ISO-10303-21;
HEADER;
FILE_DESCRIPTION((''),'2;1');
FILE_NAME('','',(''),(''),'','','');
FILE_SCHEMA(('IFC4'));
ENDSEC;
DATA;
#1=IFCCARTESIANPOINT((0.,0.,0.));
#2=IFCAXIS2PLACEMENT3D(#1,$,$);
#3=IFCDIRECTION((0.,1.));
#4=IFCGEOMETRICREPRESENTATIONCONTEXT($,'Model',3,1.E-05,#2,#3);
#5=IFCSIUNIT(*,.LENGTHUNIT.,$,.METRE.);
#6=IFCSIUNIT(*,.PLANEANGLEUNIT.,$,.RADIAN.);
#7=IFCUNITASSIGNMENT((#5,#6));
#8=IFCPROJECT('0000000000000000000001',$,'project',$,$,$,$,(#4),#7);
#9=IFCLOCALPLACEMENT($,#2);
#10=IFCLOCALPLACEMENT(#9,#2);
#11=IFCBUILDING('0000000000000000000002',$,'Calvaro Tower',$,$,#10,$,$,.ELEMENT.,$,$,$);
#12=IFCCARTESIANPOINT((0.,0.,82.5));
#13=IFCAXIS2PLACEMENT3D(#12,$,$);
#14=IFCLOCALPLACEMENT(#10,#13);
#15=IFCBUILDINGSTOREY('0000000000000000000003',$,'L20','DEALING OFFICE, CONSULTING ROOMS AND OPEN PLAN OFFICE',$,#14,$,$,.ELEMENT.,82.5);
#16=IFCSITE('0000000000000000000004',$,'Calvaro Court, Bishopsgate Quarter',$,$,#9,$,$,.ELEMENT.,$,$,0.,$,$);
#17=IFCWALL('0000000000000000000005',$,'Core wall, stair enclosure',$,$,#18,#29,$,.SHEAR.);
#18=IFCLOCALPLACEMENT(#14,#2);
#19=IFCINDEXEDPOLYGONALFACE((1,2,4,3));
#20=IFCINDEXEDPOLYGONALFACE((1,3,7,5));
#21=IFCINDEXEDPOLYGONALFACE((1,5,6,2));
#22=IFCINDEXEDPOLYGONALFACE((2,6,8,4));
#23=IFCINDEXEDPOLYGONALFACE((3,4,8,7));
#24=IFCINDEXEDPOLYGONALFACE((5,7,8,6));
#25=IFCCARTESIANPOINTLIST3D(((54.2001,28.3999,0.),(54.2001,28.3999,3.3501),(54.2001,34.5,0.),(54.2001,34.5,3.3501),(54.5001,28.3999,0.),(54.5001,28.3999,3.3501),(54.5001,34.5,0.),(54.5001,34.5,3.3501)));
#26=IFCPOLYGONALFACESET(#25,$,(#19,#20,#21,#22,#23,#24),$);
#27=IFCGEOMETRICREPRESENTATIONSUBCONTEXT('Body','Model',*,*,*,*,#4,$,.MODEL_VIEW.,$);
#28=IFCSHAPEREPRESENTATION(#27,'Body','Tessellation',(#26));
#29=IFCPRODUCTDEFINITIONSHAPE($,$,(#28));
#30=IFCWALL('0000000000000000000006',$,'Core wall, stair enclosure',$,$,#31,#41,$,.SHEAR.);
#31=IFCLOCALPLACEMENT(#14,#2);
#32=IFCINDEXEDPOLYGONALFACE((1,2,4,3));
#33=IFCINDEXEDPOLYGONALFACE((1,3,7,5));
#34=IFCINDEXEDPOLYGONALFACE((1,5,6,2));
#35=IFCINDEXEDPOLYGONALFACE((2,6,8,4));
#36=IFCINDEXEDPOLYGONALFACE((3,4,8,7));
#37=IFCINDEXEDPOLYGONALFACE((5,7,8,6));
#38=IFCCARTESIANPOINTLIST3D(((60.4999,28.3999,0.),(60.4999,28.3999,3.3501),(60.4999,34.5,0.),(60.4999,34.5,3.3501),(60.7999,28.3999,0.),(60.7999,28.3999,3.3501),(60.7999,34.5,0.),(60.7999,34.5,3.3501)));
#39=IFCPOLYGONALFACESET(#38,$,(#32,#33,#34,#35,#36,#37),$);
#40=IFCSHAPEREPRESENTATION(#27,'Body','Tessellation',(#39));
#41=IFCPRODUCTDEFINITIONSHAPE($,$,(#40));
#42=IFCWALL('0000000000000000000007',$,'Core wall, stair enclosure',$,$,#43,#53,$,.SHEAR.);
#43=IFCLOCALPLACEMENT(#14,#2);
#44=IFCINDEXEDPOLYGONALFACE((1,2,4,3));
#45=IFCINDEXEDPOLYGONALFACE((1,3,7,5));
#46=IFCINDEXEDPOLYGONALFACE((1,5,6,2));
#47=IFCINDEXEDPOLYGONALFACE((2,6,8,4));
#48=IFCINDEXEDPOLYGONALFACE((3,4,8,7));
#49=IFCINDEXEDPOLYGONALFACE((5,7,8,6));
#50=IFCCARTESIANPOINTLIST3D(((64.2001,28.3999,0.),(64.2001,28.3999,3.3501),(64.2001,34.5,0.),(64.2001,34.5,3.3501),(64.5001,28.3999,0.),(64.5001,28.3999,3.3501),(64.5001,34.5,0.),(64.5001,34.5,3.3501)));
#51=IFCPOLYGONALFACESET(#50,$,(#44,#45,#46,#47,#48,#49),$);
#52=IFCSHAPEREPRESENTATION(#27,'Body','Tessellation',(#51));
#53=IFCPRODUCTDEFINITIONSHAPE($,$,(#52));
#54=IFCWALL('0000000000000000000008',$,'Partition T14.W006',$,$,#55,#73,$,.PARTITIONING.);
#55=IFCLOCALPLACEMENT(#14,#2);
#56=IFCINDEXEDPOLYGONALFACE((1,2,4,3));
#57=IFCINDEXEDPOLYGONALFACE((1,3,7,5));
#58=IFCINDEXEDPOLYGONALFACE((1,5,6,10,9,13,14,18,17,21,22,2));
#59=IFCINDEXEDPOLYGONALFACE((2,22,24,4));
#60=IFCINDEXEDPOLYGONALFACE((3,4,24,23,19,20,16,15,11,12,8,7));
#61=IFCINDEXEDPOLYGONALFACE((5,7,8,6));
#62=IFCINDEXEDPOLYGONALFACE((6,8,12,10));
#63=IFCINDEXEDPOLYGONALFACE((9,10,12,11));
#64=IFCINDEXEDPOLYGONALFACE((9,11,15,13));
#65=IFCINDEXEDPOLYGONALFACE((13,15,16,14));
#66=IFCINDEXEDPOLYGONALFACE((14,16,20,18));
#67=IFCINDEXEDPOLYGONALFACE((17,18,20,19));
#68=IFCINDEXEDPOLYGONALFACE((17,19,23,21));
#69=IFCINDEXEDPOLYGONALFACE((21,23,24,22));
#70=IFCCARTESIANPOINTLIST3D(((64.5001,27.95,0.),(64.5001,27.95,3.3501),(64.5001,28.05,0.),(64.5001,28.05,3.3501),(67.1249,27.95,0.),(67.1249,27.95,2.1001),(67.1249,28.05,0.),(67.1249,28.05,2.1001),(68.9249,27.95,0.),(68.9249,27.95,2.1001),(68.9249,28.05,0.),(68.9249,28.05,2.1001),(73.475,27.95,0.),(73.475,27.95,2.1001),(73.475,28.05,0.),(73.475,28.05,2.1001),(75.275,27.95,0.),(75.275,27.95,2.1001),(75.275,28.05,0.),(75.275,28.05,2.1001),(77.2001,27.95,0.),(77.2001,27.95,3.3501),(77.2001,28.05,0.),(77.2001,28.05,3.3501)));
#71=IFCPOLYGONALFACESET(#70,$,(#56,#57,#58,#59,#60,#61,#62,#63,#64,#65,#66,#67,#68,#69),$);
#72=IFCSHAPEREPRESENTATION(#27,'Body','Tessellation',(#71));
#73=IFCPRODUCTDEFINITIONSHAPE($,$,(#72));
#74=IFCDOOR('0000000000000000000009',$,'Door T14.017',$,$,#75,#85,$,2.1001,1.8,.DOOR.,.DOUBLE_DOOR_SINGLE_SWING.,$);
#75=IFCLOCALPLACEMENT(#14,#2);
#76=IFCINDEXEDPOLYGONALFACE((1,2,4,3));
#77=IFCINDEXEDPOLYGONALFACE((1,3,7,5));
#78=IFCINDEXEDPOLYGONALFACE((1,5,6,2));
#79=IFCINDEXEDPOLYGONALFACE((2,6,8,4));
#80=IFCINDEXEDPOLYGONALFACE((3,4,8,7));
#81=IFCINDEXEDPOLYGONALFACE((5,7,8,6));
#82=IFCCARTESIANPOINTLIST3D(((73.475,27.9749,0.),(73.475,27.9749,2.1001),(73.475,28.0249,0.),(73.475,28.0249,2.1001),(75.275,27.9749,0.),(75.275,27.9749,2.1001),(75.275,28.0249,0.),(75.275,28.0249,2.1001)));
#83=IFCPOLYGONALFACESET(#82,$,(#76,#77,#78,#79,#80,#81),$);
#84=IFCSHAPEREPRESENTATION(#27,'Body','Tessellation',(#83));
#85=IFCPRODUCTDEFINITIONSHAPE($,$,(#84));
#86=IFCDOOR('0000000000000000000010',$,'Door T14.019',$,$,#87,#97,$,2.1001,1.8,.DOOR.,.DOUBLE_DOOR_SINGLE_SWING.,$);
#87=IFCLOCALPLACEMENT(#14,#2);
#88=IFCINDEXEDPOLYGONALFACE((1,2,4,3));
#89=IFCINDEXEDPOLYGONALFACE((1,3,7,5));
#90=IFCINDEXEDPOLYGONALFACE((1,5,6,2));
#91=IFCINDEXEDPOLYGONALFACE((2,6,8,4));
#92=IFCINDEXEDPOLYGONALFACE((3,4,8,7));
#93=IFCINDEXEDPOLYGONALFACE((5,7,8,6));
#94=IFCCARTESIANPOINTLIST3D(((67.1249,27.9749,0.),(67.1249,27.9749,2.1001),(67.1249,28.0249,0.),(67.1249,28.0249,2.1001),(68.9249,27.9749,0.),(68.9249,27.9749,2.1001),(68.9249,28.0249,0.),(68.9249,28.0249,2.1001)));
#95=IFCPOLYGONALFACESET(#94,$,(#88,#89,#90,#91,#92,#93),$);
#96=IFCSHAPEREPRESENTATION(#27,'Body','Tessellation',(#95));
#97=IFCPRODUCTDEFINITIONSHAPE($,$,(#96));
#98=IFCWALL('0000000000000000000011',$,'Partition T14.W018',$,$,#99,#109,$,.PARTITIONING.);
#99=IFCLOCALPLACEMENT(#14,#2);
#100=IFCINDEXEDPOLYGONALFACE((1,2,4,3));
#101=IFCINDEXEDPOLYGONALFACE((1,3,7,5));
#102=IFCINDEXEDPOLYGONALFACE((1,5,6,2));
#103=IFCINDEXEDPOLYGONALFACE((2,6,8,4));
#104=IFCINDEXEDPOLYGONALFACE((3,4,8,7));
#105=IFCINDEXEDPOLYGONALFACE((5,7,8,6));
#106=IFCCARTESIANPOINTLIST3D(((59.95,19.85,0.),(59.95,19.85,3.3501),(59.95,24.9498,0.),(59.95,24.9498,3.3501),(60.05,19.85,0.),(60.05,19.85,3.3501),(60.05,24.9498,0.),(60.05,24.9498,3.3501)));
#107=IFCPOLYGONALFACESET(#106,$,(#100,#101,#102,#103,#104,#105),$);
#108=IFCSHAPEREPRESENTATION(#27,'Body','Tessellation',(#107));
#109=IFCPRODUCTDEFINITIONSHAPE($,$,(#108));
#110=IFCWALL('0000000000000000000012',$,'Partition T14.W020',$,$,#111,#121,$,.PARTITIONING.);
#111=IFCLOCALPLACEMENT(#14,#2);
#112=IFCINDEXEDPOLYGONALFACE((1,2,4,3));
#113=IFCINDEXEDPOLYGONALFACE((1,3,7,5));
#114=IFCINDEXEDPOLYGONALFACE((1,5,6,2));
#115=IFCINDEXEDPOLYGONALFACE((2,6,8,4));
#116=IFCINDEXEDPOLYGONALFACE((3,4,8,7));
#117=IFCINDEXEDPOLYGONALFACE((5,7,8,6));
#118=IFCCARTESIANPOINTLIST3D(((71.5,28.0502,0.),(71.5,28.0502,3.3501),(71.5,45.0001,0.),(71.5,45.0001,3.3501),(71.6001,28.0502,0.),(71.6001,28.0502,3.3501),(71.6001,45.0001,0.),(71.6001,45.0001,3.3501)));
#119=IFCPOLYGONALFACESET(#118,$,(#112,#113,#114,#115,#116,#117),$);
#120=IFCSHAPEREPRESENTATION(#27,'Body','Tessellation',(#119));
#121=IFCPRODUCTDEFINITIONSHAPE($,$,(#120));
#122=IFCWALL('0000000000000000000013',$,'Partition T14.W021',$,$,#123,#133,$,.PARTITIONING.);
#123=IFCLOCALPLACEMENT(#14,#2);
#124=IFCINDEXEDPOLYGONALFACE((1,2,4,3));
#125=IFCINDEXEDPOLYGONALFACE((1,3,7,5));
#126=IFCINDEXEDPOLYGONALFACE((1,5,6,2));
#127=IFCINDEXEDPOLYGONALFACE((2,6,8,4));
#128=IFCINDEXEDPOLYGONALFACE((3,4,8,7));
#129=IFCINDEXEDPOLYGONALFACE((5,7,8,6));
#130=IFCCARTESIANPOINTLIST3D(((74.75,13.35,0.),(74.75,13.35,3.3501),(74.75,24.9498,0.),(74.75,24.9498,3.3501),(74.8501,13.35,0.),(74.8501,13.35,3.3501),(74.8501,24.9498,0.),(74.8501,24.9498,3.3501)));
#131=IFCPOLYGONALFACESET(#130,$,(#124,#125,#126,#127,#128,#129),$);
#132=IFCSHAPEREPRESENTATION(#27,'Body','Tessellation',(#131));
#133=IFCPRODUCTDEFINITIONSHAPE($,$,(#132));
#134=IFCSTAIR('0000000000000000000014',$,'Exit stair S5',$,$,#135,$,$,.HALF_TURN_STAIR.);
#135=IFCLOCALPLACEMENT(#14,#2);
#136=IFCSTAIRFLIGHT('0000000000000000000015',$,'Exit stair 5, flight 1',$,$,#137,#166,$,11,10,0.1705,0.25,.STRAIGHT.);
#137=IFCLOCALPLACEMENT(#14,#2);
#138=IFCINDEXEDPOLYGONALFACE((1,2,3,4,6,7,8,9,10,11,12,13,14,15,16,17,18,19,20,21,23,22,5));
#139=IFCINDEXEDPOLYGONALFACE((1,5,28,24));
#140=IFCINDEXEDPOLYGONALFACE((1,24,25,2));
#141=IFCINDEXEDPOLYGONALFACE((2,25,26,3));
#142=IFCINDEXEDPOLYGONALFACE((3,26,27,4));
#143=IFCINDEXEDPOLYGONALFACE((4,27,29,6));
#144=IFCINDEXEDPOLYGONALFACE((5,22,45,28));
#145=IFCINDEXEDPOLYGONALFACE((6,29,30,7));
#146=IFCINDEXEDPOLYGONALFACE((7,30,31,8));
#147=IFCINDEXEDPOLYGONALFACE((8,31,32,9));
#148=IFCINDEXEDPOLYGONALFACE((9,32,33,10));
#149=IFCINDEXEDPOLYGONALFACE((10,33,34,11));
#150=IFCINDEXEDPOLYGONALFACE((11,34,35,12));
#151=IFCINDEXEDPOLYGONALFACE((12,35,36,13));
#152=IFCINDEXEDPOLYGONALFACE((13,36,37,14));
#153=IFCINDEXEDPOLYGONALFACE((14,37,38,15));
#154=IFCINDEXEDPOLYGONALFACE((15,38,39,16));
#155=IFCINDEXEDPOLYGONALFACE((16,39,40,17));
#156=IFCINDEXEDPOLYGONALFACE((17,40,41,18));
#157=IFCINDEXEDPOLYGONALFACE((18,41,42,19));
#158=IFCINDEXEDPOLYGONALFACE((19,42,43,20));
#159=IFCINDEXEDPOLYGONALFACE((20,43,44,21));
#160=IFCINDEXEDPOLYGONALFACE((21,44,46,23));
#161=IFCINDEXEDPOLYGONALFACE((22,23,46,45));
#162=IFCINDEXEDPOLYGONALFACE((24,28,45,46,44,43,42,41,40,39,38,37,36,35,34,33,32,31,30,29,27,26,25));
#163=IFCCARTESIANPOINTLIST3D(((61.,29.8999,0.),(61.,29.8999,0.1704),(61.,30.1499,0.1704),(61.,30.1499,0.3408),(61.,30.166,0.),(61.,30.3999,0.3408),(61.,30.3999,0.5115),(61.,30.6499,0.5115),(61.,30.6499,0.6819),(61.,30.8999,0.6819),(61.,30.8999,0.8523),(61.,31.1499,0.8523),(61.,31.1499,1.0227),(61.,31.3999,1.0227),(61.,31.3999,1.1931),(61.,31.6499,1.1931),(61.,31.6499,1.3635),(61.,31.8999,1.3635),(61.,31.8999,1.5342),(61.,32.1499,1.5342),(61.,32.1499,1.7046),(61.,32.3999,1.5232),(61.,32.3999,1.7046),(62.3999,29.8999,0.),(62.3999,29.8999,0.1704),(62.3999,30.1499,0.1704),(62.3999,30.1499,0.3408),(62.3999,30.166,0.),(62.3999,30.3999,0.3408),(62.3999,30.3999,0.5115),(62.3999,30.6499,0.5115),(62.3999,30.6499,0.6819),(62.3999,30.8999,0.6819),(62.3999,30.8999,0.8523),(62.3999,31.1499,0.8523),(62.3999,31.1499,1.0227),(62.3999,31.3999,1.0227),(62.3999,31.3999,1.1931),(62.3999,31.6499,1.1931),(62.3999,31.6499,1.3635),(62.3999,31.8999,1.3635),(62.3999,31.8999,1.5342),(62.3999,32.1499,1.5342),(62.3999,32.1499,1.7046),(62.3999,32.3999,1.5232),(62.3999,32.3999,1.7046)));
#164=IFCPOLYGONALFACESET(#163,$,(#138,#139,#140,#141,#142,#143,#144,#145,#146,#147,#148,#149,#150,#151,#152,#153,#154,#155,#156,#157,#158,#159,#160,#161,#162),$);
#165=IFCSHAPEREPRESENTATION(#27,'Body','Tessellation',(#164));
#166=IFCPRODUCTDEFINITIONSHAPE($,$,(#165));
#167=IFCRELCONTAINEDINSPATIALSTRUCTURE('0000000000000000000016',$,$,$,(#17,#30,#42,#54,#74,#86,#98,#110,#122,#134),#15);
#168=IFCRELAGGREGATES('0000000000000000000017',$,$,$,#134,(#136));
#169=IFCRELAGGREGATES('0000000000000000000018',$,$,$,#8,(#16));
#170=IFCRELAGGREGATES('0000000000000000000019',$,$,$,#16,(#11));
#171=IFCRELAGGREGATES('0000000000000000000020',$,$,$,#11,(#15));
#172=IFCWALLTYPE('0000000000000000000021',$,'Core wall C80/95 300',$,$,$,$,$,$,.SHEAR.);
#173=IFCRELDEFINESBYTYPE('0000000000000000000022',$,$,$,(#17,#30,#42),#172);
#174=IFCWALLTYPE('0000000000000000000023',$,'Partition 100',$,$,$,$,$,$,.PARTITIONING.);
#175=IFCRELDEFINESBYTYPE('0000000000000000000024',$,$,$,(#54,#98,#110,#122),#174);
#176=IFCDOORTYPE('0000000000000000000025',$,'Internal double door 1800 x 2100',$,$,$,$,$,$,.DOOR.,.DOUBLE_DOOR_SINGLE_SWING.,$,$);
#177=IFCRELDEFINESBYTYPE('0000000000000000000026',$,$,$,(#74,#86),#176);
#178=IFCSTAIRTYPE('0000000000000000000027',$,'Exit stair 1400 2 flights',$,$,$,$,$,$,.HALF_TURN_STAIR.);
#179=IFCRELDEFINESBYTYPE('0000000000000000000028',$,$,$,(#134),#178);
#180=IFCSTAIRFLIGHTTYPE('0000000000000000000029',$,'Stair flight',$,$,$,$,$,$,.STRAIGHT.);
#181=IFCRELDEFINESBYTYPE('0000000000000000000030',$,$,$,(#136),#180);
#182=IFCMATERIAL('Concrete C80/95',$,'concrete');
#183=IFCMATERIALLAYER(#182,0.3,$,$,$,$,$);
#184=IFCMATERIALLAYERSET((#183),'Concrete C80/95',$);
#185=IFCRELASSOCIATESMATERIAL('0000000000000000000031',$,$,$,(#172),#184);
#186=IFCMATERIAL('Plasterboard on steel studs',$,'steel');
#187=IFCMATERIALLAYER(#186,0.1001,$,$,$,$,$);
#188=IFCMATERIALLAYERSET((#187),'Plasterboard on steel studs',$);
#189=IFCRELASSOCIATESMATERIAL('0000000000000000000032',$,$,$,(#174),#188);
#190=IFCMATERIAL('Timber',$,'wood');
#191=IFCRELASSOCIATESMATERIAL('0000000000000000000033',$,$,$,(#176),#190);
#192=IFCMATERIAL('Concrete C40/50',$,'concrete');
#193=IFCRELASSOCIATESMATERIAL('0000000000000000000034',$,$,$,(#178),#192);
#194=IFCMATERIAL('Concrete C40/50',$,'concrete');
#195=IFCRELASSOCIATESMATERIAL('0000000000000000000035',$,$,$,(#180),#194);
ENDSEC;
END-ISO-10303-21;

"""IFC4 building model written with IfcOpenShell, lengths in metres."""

from ifc_helpers import new_model, si_unit, direction, frame, frame_2d, origin, place, context, subcontext, project, spatial, polyline, rectangle, outline, extrude, material, layer, layer_set, type_object, element, fill, aggregate, save


model = new_model("IFC4")

# Units and contexts
model_context = context("Model", 3, precision=1e-05, world=origin(), true_north=direction((0.0, 1.0)))
body_context = subcontext(model_context, "Body", "Model", "MODEL_VIEW")
ifc_project = project(units=[si_unit("LENGTHUNIT", "METRE"), si_unit("PLANEANGLEUNIT", "RADIAN")], contexts=[model_context])

# Site, building, storey
site_placement = place(None, origin())
site = spatial("IfcSite", under=ifc_project, at=site_placement, Name="Calvaro Court, Bishopsgate Quarter", CompositionType="ELEMENT", RefElevation=0.0)
building_placement = place(site_placement, origin())
building = spatial("IfcBuilding", under=site, at=building_placement, Name="Calvaro Tower", CompositionType="ELEMENT")
storey_placement = place(building_placement, frame((0.0, 0.0, 82.5)))
storey = spatial("IfcBuildingStorey", under=building, at=storey_placement, Name="L20", Description="DEALING OFFICE, CONSULTING ROOMS AND OPEN PLAN OFFICE", CompositionType="ELEMENT", Elevation=82.5)

# Walls
ifc_material_1 = material(Name="Concrete C80/95", Category="concrete")
ifc_layer_1 = layer(ifc_material_1, 0.3)
ifc_layer_set_1 = layer_set([ifc_layer_1], Name="Concrete C80/95")
wall_type_1 = type_object("IfcWallType", Name="Core wall C80/95 300", PredefinedType="SHEAR", material=ifc_layer_set_1)
for number, where, z_axis, x_axis, name in (
    (1, (54.3501, 28.3999, 0.0), (0.0, 0.0, 1.0), (0.0, 1.0, 0.0), "Core wall, stair enclosure"),
    (2, (60.6499, 28.3999, 0.0), (0.0, 0.0, 1.0), (0.0, 1.0, 0.0), "Core wall, stair enclosure"),
    (3, (64.3501, 28.3999, 0.0), (0.0, 0.0, 1.0), (0.0, 1.0, 0.0), "Core wall, stair enclosure"),
):
    element("IfcWall", number, at=place(storey_placement, frame(where, z_axis=z_axis, x_axis=x_axis)), inside=storey, type_object=wall_type_1, Name=name, PredefinedType="SHEAR", context=body_context, shape_type="SweptSolid", body=[
        extrude(rectangle(XDim=6.1001, YDim=0.3, at=frame_2d((3.05, 0.0))), origin(), (0.0, 0.0, 1.0), 3.3501),
    ])

# Wall, openings, doors
ifc_material_2 = material(Name="Plasterboard on steel studs", Category="steel")
ifc_layer_2 = layer(ifc_material_2, 0.1001)
ifc_layer_set_2 = layer_set([ifc_layer_2], Name="Plasterboard on steel studs")
wall_type_2 = type_object("IfcWallType", Name="Partition 100", PredefinedType="PARTITIONING", material=ifc_layer_set_2)
wall_1_placement = place(storey_placement, frame((64.5, 28.0, 0.0), z_axis=(0.0, 0.0, 1.0), x_axis=(1.0, 0.0, 0.0)))
wall_1 = element("IfcWall", 4, at=wall_1_placement, inside=storey, type_object=wall_type_2, Name="Partition T14.W006", PredefinedType="PARTITIONING", context=body_context, shape_type="SweptSolid", body=[
    extrude(rectangle(XDim=12.7, YDim=0.1001, at=frame_2d((6.3501, 0.0))), origin(), (0.0, 0.0, 1.0), 3.3501),
])
opening_1_placement = place(wall_1_placement, frame((8.9751, 0.0, 0.0)))
opening_1 = element("IfcOpeningElement", 5, at=opening_1_placement, cuts=wall_1, PredefinedType="OPENING", context=body_context, shape_type="SweptSolid", body=[
    extrude(rectangle(XDim=1.8, YDim=2.1001, at=frame_2d((0.8999, 1.05))), frame((0.0, 0.0601, 0.0), z_axis=(0.0, -1.0, 0.0), x_axis=(1.0, 0.0, 0.0)), (0.0, 0.0, 1.0), 0.1201),
])
opening_2_placement = place(wall_1_placement, frame((2.625, 0.0, 0.0)))
opening_2 = element("IfcOpeningElement", 6, at=opening_2_placement, cuts=wall_1, PredefinedType="OPENING", context=body_context, shape_type="SweptSolid", body=[
    extrude(rectangle(XDim=1.8, YDim=2.1001, at=frame_2d((0.8999, 1.05))), frame((0.0, 0.0601, 0.0), z_axis=(0.0, -1.0, 0.0), x_axis=(1.0, 0.0, 0.0)), (0.0, 0.0, 1.0), 0.1201),
])
ifc_material_3 = material(Name="Timber", Category="wood")
door_type_1 = type_object("IfcDoorType", Name="Internal double door 1800 x 2100", OperationType="DOUBLE_DOOR_SINGLE_SWING", PredefinedType="DOOR", material=ifc_material_3)
door_1_placement = place(opening_1_placement, origin())
door_1 = element("IfcDoor", 7, at=door_1_placement, inside=storey, type_object=door_type_1, Name="Door T14.017", OperationType="DOUBLE_DOOR_SINGLE_SWING", OverallHeight=2.1001, OverallWidth=1.8, PredefinedType="DOOR", context=body_context, shape_type="SweptSolid", body=[
    extrude(rectangle(XDim=1.8, YDim=2.1001, at=frame_2d((0.8999, 1.05))), frame((0.0, 0.0249, 0.0), z_axis=(0.0, -1.0, 0.0), x_axis=(1.0, 0.0, 0.0)), (0.0, 0.0, 1.0), 0.05),
])
fill(opening_1, door_1)
door_2_placement = place(opening_2_placement, origin())
door_2 = element("IfcDoor", 8, at=door_2_placement, inside=storey, type_object=door_type_1, Name="Door T14.019", OperationType="DOUBLE_DOOR_SINGLE_SWING", OverallHeight=2.1001, OverallWidth=1.8, PredefinedType="DOOR", context=body_context, shape_type="SweptSolid", body=[
    extrude(rectangle(XDim=1.8, YDim=2.1001, at=frame_2d((0.8999, 1.05))), frame((0.0, 0.0249, 0.0), z_axis=(0.0, -1.0, 0.0), x_axis=(1.0, 0.0, 0.0)), (0.0, 0.0, 1.0), 0.05),
])
fill(opening_2, door_2)

# Walls
wall_2_placement = place(storey_placement, frame((60.0, 19.8501, 0.0), z_axis=(0.0, 0.0, 1.0), x_axis=(0.0, 1.0, 0.0)))
element("IfcWall", 9, at=wall_2_placement, inside=storey, type_object=wall_type_2, Name="Partition T14.W018", PredefinedType="PARTITIONING", context=body_context, shape_type="SweptSolid", body=[
    extrude(rectangle(XDim=5.0999, YDim=0.1001, at=frame_2d((2.5498, 0.0))), origin(), (0.0, 0.0, 1.0), 3.3501),
])
wall_3_placement = place(storey_placement, frame((71.55, 28.05, 0.0), z_axis=(0.0, 0.0, 1.0), x_axis=(0.0, 1.0, 0.0)))
element("IfcWall", 10, at=wall_3_placement, inside=storey, type_object=wall_type_2, Name="Partition T14.W020", PredefinedType="PARTITIONING", context=body_context, shape_type="SweptSolid", body=[
    extrude(rectangle(XDim=16.95, YDim=0.1001, at=frame_2d((8.4751, 0.0))), origin(), (0.0, 0.0, 1.0), 3.3501),
])
wall_4_placement = place(storey_placement, frame((74.8, 13.3501, 0.0), z_axis=(0.0, 0.0, 1.0), x_axis=(0.0, 1.0, 0.0)))
element("IfcWall", 11, at=wall_4_placement, inside=storey, type_object=wall_type_2, Name="Partition T14.W021", PredefinedType="PARTITIONING", context=body_context, shape_type="SweptSolid", body=[
    extrude(rectangle(XDim=11.5999, YDim=0.1001, at=frame_2d((5.7998, 0.0))), origin(), (0.0, 0.0, 1.0), 3.3501),
])

# Stair, stair flight
ifc_material_4 = material(Name="Concrete C40/50", Category="concrete")
stair_type = type_object("IfcStairType", Name="Exit stair 1400 2 flights", PredefinedType="HALF_TURN_STAIR", material=ifc_material_4)
stair_placement = place(storey_placement, origin())
stair = element("IfcStair", 12, at=stair_placement, inside=storey, type_object=stair_type, Name="Exit stair S5", PredefinedType="HALF_TURN_STAIR")
ifc_material_5 = material(Name="Concrete C40/50", Category="concrete")
stair_flight_type = type_object("IfcStairFlightType", Name="Stair flight", PredefinedType="STRAIGHT", material=ifc_material_5)
stair_flight_placement = place(storey_placement, frame((61.7, 29.8999, 0.0), z_axis=(0.0, 0.0, 1.0), x_axis=(0.0, 1.0, 0.0)))
stair_flight = element("IfcStairFlight", 13, at=stair_flight_placement, type_object=stair_flight_type, Name="Exit stair 5, flight 1", NumberOfRisers=11, NumberOfTreads=10, PredefinedType="STRAIGHT", RiserHeight=0.1705, TreadLength=0.25, context=body_context, shape_type="SweptSolid", body=[
    extrude(outline(polyline([(0.0, 0.0), (0.0, 0.1704), (0.25, 0.1704), (0.25, 0.3408), (0.5, 0.3408), (0.5, 0.5115), (0.75, 0.5115), (0.75, 0.6819), (1.0, 0.6819), (1.0, 0.8523), (1.25, 0.8523), (1.25, 1.0227), (1.5, 1.0227), (1.5, 1.1931), (1.75, 1.1931), (1.75, 1.3635), (2.0, 1.3635), (2.0, 1.5342), (2.25, 1.5342), (2.25, 1.7046), (2.5, 1.7046), (2.5, 1.875), (2.5, 1.5232), (0.2661, 0.0), (0.0, 0.0)])), frame((0.0, 0.7, 0.0), z_axis=(0.0, -1.0, 0.0), x_axis=(1.0, 0.0, 0.0)), (0.0, 0.0, 1.0), 1.3999),
])
aggregate(stair, [stair_flight])

save(model, "model.ifc")
